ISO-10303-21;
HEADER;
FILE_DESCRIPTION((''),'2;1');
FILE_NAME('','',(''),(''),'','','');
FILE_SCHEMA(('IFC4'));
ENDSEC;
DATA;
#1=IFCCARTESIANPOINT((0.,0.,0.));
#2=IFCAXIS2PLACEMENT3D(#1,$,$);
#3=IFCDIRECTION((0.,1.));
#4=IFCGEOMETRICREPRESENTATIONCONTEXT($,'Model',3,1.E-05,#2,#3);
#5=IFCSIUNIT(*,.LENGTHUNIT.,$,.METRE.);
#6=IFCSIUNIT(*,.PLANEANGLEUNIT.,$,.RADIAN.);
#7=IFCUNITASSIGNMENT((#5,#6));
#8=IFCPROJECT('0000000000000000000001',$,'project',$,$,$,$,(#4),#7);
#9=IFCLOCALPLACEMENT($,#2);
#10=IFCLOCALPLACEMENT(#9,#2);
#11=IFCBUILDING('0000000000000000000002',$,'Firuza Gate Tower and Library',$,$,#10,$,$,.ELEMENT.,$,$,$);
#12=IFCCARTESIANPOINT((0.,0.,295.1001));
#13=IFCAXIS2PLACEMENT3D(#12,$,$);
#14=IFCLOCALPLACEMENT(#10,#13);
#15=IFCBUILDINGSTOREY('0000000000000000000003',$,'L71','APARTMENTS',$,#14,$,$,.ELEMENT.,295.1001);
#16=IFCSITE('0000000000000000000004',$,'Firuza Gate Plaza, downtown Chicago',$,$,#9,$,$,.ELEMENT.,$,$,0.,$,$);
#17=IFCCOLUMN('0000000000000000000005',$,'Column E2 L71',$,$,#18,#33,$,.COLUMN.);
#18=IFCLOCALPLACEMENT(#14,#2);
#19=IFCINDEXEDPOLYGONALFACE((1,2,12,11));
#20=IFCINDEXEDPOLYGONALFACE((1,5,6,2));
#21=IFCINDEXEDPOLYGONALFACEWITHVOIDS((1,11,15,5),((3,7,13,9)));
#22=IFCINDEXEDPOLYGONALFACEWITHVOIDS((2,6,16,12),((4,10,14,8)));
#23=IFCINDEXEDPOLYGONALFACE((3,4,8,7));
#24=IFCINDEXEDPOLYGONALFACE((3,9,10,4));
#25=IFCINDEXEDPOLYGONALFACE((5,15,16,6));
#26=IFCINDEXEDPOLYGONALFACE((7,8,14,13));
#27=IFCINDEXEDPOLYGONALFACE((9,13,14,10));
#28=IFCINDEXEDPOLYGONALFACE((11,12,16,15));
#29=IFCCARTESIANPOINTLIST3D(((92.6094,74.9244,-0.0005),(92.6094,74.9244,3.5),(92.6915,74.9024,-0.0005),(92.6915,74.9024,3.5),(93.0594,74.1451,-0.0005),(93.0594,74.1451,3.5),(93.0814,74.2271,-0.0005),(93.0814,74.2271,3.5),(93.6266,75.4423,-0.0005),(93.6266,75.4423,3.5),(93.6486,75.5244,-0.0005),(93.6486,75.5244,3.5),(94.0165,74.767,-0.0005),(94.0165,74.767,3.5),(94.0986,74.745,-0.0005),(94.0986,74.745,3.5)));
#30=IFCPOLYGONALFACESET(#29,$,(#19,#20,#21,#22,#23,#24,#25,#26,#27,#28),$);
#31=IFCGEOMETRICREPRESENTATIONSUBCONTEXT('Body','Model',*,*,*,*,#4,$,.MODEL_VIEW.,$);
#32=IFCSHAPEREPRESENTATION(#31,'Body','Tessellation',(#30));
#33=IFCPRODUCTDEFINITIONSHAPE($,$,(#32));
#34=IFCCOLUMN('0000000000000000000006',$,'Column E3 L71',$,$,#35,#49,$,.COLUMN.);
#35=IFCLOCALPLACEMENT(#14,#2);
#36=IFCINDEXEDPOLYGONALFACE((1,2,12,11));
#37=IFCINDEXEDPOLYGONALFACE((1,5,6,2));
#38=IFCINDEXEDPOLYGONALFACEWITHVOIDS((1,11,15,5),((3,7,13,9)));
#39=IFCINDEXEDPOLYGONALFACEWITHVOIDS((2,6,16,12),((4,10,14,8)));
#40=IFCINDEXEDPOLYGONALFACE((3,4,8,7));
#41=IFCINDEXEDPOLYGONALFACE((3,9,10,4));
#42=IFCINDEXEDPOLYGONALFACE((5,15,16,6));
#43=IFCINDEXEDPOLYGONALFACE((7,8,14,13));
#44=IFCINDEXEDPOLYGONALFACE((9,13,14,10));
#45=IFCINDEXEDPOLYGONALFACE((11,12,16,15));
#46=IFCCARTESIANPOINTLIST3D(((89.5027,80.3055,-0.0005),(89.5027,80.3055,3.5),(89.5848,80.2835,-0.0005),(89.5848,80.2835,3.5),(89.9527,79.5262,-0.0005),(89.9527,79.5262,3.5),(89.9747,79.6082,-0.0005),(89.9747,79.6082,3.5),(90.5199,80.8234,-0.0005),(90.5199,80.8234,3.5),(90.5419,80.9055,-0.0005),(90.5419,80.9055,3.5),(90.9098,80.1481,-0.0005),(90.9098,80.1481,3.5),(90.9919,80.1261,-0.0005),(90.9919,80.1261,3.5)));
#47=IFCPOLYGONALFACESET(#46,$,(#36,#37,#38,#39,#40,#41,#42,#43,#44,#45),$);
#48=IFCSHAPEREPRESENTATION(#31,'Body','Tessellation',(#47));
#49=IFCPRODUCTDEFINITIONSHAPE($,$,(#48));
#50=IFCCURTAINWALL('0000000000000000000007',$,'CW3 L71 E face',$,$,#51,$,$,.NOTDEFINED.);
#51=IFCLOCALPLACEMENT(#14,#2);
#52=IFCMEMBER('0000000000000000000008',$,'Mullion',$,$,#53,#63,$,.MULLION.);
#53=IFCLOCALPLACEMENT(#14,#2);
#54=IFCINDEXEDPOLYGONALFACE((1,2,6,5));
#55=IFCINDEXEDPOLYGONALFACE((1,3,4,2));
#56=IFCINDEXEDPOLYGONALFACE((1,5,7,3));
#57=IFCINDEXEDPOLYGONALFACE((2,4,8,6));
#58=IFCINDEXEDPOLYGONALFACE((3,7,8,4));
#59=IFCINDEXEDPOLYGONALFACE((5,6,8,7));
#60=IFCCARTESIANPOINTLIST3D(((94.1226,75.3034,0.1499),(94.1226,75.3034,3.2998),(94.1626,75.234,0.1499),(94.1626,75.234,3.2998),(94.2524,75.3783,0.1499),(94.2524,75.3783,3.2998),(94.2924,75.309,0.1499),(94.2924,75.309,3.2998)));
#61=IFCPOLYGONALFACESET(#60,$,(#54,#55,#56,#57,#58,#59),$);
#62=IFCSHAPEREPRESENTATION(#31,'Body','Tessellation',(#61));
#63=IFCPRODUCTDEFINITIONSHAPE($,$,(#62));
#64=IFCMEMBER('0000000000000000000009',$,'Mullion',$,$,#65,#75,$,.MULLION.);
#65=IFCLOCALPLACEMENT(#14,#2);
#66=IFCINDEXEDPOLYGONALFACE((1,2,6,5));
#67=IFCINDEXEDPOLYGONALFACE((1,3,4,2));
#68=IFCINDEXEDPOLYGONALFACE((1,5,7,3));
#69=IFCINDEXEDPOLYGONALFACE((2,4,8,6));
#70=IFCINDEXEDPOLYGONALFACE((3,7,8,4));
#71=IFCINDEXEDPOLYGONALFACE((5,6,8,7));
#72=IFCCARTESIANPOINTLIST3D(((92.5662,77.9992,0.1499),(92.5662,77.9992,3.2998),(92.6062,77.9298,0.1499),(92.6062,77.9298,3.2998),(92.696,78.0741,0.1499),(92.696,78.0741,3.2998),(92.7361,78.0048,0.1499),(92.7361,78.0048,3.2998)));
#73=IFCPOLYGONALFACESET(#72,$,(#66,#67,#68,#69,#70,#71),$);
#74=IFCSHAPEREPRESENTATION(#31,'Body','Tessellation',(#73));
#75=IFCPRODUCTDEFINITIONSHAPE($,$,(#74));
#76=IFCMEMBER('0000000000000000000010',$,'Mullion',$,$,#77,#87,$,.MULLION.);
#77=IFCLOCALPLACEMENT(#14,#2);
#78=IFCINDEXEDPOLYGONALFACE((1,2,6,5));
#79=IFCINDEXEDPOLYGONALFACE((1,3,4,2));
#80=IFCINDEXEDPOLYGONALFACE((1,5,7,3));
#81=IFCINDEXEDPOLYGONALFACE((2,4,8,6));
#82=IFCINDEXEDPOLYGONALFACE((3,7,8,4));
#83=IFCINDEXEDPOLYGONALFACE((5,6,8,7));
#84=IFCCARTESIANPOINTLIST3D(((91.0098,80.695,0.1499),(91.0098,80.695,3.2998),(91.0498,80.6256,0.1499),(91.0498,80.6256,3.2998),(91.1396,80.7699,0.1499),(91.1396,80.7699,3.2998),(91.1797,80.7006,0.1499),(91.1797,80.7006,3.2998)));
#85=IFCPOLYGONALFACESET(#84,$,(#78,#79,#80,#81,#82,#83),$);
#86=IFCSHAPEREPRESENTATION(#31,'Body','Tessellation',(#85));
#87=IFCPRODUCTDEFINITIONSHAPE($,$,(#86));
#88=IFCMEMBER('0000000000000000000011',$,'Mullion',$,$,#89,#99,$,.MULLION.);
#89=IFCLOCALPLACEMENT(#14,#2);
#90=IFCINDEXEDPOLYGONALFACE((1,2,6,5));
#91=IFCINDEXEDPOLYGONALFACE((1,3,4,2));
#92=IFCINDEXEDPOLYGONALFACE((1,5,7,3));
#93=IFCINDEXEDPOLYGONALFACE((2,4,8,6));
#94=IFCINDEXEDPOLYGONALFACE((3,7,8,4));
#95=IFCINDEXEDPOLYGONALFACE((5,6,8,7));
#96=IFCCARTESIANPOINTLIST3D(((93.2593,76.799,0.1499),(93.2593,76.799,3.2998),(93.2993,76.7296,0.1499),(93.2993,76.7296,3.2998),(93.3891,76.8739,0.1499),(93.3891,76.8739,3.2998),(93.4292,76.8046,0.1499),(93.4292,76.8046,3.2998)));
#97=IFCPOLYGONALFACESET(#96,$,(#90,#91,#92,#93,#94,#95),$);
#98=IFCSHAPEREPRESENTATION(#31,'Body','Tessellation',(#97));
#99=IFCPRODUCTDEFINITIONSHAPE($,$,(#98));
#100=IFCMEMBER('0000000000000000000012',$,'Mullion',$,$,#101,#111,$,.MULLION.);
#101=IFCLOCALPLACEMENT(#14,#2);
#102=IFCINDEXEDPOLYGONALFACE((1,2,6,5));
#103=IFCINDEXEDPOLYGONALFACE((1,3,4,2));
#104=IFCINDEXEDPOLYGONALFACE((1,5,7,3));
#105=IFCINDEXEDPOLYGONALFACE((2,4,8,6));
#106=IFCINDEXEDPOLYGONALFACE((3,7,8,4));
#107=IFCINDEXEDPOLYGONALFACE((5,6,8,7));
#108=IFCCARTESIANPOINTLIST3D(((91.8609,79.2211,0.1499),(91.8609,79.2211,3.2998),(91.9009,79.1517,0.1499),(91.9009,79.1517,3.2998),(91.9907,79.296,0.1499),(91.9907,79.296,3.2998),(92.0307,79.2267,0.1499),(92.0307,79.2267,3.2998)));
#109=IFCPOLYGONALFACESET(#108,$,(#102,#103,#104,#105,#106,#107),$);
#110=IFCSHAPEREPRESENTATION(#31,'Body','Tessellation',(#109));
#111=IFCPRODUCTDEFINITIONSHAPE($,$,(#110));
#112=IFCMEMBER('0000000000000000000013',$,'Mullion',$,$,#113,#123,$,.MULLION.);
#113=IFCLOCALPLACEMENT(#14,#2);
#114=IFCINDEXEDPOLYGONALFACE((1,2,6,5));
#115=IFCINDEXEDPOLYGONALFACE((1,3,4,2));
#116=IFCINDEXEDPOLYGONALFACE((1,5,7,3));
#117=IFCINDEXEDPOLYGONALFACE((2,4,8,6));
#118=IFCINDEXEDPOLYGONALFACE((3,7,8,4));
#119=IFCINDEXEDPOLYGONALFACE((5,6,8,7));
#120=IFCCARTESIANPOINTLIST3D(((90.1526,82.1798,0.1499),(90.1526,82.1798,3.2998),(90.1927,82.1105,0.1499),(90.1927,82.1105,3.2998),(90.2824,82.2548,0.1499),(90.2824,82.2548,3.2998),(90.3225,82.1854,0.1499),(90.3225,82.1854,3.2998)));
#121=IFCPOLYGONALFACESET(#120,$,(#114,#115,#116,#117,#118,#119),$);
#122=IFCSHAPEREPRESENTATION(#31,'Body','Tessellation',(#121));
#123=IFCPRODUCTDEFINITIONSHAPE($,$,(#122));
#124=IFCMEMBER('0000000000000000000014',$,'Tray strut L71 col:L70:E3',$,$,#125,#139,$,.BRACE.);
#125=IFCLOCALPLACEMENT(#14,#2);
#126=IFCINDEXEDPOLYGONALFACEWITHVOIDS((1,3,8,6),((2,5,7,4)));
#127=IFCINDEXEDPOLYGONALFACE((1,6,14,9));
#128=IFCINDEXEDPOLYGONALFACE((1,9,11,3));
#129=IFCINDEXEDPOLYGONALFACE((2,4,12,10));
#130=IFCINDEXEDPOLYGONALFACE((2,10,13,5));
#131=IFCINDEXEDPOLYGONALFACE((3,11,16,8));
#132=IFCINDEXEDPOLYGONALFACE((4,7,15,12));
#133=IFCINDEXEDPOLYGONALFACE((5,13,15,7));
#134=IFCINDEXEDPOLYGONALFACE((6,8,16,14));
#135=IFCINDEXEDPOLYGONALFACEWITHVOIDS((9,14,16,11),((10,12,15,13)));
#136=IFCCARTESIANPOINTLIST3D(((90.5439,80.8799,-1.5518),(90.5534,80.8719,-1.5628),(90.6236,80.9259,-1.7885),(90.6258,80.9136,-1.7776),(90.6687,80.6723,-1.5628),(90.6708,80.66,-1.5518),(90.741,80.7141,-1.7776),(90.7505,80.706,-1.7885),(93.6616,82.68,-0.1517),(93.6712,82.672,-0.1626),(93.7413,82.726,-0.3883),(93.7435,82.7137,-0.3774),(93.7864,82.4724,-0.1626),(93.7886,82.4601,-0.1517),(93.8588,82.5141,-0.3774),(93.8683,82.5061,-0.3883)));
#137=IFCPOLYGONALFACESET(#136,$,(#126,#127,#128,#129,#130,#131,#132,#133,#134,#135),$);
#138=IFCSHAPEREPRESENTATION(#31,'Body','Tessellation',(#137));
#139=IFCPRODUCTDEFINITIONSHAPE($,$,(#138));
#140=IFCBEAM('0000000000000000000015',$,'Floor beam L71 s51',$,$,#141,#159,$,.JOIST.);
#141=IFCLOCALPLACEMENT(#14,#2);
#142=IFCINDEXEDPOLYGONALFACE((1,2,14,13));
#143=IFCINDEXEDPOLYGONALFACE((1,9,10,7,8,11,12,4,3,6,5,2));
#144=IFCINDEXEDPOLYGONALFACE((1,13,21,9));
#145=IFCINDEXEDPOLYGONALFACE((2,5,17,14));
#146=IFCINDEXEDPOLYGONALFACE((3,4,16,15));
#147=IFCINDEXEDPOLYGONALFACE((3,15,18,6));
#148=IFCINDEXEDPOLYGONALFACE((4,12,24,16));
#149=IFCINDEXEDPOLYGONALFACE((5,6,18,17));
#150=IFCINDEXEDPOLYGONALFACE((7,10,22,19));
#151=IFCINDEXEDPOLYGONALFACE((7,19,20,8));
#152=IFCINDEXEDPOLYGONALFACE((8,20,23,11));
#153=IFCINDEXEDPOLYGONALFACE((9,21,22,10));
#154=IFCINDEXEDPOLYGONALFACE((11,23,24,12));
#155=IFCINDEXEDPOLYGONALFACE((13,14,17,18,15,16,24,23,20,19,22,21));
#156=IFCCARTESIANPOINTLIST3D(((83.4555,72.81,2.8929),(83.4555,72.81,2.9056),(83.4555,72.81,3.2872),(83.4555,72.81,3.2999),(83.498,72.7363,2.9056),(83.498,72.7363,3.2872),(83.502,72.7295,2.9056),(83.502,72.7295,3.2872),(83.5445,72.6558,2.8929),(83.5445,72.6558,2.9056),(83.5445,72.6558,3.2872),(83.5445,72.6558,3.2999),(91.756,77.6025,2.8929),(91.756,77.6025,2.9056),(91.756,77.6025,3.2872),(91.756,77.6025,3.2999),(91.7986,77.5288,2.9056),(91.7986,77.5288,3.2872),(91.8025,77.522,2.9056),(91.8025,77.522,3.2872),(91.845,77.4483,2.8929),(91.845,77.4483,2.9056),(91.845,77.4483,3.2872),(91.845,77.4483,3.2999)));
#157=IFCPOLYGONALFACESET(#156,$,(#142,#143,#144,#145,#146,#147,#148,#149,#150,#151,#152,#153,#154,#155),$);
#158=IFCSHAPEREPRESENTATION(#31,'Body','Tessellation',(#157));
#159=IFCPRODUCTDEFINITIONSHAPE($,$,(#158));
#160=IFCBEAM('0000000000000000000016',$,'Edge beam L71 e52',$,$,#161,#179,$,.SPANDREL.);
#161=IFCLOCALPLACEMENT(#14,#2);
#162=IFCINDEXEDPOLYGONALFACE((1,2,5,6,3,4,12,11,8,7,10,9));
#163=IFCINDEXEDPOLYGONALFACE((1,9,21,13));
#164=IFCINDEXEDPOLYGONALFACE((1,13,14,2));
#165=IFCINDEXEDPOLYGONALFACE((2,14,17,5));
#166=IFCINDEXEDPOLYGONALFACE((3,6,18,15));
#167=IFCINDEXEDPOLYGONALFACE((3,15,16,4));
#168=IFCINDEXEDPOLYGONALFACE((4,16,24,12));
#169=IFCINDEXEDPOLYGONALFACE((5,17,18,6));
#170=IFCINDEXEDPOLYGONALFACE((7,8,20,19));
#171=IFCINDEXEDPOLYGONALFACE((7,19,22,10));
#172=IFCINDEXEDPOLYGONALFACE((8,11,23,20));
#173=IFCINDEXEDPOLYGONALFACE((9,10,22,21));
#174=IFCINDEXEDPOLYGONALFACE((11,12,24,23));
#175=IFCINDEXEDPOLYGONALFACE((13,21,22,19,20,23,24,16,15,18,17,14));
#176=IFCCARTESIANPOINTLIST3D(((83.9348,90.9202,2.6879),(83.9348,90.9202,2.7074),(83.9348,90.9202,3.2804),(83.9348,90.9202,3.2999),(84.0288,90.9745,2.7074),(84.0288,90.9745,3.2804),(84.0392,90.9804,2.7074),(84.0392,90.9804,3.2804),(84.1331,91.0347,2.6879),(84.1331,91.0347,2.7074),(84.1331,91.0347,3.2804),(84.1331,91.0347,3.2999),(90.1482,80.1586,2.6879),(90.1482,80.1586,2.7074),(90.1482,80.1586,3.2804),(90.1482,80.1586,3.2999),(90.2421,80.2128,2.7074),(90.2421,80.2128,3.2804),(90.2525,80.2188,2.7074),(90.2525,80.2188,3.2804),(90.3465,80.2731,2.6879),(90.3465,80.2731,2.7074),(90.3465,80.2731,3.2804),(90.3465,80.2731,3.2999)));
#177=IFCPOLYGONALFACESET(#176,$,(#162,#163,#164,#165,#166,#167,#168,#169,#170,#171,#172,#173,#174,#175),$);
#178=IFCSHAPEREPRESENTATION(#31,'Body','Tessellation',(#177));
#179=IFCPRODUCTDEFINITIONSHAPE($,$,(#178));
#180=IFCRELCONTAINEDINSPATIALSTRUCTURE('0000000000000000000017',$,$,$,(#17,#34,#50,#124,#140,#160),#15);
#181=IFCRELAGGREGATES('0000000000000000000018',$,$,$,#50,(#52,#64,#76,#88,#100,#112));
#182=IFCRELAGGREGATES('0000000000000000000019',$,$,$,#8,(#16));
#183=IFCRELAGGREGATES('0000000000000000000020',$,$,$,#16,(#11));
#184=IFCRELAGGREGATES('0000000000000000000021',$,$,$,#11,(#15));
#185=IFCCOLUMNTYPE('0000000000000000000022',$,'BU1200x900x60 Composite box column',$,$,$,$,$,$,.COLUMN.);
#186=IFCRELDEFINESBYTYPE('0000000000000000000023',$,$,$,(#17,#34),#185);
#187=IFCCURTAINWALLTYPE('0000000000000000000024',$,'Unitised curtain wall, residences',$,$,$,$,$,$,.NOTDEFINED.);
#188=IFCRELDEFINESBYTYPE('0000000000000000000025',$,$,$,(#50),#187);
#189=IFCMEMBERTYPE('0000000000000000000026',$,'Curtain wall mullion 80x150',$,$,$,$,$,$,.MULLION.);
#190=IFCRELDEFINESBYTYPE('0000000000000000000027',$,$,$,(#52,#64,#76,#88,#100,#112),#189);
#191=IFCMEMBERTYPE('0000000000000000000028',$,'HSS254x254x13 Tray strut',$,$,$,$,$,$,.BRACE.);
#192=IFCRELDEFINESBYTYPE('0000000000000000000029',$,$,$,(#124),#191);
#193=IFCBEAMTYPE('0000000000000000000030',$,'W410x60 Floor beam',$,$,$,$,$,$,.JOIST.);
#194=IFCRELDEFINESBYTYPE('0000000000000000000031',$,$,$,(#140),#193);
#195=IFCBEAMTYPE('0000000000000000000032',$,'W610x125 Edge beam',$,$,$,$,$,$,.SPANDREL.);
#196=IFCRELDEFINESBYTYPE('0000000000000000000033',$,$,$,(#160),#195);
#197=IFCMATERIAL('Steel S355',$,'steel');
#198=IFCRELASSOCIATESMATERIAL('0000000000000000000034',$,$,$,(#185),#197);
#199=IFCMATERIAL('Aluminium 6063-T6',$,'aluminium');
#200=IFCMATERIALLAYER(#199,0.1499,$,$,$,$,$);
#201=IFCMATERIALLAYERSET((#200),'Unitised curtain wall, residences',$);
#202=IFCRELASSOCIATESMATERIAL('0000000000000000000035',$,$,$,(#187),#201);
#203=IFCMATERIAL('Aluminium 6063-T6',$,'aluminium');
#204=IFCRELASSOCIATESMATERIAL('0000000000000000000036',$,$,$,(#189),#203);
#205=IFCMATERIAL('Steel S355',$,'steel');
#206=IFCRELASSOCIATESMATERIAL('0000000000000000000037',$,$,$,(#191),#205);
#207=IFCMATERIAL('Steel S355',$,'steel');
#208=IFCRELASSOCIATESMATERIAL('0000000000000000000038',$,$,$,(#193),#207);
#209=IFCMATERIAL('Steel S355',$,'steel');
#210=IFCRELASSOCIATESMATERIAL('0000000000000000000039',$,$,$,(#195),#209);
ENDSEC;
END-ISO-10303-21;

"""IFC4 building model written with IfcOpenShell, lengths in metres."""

from ifc_helpers import new_model, si_unit, direction, frame, origin, origin_2d, place, context, subcontext, project, spatial, rectangle, hollow_rectangle, i_section, extrude, material, layer, layer_set, material_profile, profile_set, type_object, element, aggregate, save


model = new_model("IFC4")

# Units and contexts
model_context = context("Model", 3, precision=1e-05, world=origin(), true_north=direction((0.0, 1.0)))
body_context = subcontext(model_context, "Body", "Model", "MODEL_VIEW")
ifc_project = project(units=[si_unit("LENGTHUNIT", "METRE"), si_unit("PLANEANGLEUNIT", "RADIAN")], contexts=[model_context])

# Site, building, storey
site_placement = place(None, origin())
site = spatial("IfcSite", under=ifc_project, at=site_placement, Name="Firuza Gate Plaza, downtown Chicago", CompositionType="ELEMENT", RefElevation=0.0)
building_placement = place(site_placement, origin())
building = spatial("IfcBuilding", under=site, at=building_placement, Name="Firuza Gate Tower and Library", CompositionType="ELEMENT")
storey_placement = place(building_placement, frame((0.0, 0.0, 295.1001)))
storey = spatial("IfcBuildingStorey", under=building, at=storey_placement, Name="L71", Description="APARTMENTS", CompositionType="ELEMENT", Elevation=295.1001)

# Columns
ifc_material_1 = material(Name="Steel S355", Category="steel")
ifc_material_profile_1 = material_profile(ifc_material_1, hollow_rectangle(XDim=0.8999, YDim=1.2, WallThickness=0.0601, at=origin_2d()))
ifc_profile_set_1 = profile_set([ifc_material_profile_1], Name="Steel S355")
column_type = type_object("IfcColumnType", Name="BU1200x900x60 Composite box column", PredefinedType="COLUMN", material=ifc_profile_set_1)
for number, where, z_axis, x_axis, name in (
    (1, (93.354, 74.8347, -0.0005), (0.0, 0.0, 1.0), (-0.5, 0.866025, 0.0), "Column E2 L71"),
    (2, (90.2473, 80.2158, -0.0005), (0.0, 0.0, 1.0), (-0.5, 0.866025, 0.0), "Column E3 L71"),
):
    element("IfcColumn", number, at=place(storey_placement, frame(where, z_axis=z_axis, x_axis=x_axis)), inside=storey, type_object=column_type, Name=name, PredefinedType="COLUMN", context=body_context, shape_type="SweptSolid", body=[
        extrude(hollow_rectangle(XDim=0.8999, YDim=1.2, WallThickness=0.0601, at=origin_2d()), origin(), (0.0, 0.0, 1.0), 3.5005),
    ])

# Curtain wall, members
ifc_material_2 = material(Name="Aluminium 6063-T6", Category="aluminium")
ifc_layer_1 = layer(ifc_material_2, 0.1499)
ifc_layer_set_1 = layer_set([ifc_layer_1], Name="Unitised curtain wall, residences")
curtain_wall_type = type_object("IfcCurtainWallType", Name="Unitised curtain wall, residences", PredefinedType="NOTDEFINED", material=ifc_layer_set_1)
placement = place(storey_placement, origin())
curtain_wall = element("IfcCurtainWall", 3, at=placement, inside=storey, type_object=curtain_wall_type, Name="CW3 L71 E face", PredefinedType="NOTDEFINED")
ifc_material_3 = material(Name="Aluminium 6063-T6", Category="aluminium")
ifc_material_profile_2 = material_profile(ifc_material_3, rectangle(XDim=0.1499, YDim=0.0801, at=origin_2d()))
ifc_profile_set_2 = profile_set([ifc_material_profile_2], Name="Aluminium 6063-T6")
member_type_1 = type_object("IfcMemberType", Name="Curtain wall mullion 80x150", PredefinedType="MULLION", material=ifc_profile_set_2)
member_1_placement = place(storey_placement, frame((94.2075, 75.3062, 0.1499), z_axis=(0.0, 0.0, 1.0), x_axis=(-0.866025, -0.5, 0.0)))
member_1 = element("IfcMember", 4, at=member_1_placement, type_object=member_type_1, Name="Mullion", PredefinedType="MULLION", context=body_context, shape_type="SweptSolid", body=[
    extrude(rectangle(XDim=0.1499, YDim=0.0801, at=origin_2d()), origin(), (0.0, 0.0, 1.0), 3.1499),
])
member_2_placement = place(storey_placement, frame((92.6511, 78.002, 0.1499), z_axis=(0.0, 0.0, 1.0), x_axis=(-0.866025, -0.5, 0.0)))
member_2 = element("IfcMember", 5, at=member_2_placement, type_object=member_type_1, Name="Mullion", PredefinedType="MULLION", context=body_context, shape_type="SweptSolid", body=[
    extrude(rectangle(XDim=0.1499, YDim=0.0801, at=origin_2d()), origin(), (0.0, 0.0, 1.0), 3.1499),
])
member_3_placement = place(storey_placement, frame((91.0947, 80.6978, 0.1499), z_axis=(0.0, 0.0, 1.0), x_axis=(-0.866025, -0.5, 0.0)))
member_3 = element("IfcMember", 6, at=member_3_placement, type_object=member_type_1, Name="Mullion", PredefinedType="MULLION", context=body_context, shape_type="SweptSolid", body=[
    extrude(rectangle(XDim=0.1499, YDim=0.0801, at=origin_2d()), origin(), (0.0, 0.0, 1.0), 3.1499),
])
member_4_placement = place(storey_placement, frame((93.3442, 76.8018, 0.1499), z_axis=(0.0, 0.0, 1.0), x_axis=(-0.866025, -0.5, 0.0)))
member_4 = element("IfcMember", 7, at=member_4_placement, type_object=member_type_1, Name="Mullion", PredefinedType="MULLION", context=body_context, shape_type="SweptSolid", body=[
    extrude(rectangle(XDim=0.1499, YDim=0.0801, at=origin_2d()), origin(), (0.0, 0.0, 1.0), 3.1499),
])
member_5_placement = place(storey_placement, frame((91.9458, 79.2239, 0.1499), z_axis=(0.0, 0.0, 1.0), x_axis=(-0.866025, -0.5, 0.0)))
member_5 = element("IfcMember", 8, at=member_5_placement, type_object=member_type_1, Name="Mullion", PredefinedType="MULLION", context=body_context, shape_type="SweptSolid", body=[
    extrude(rectangle(XDim=0.1499, YDim=0.0801, at=origin_2d()), origin(), (0.0, 0.0, 1.0), 3.1499),
])
member_6_placement = place(storey_placement, frame((90.2375, 82.1826, 0.1499), z_axis=(0.0, 0.0, 1.0), x_axis=(-0.866025, -0.5, 0.0)))
member_6 = element("IfcMember", 9, at=member_6_placement, type_object=member_type_1, Name="Mullion", PredefinedType="MULLION", context=body_context, shape_type="SweptSolid", body=[
    extrude(rectangle(XDim=0.1499, YDim=0.0801, at=origin_2d()), origin(), (0.0, 0.0, 1.0), 3.1499),
])

# Member
ifc_material_4 = material(Name="Steel S355", Category="steel")
ifc_material_profile_3 = material_profile(ifc_material_4, hollow_rectangle(XDim=0.2539, YDim=0.2539, WallThickness=0.0117, at=origin_2d()))
ifc_profile_set_3 = profile_set([ifc_material_profile_3], Name="Steel S355")
member_type_2 = type_object("IfcMemberType", Name="HSS254x254x13 Tray strut", PredefinedType="BRACE", material=ifc_profile_set_3)
member_7_placement = place(storey_placement, frame((90.6472, 80.793, -1.6702), z_axis=(0.807122, 0.466007, 0.362478), x_axis=(-0.500012, 0.866018, 0.0)))
element("IfcMember", 10, at=member_7_placement, inside=storey, type_object=member_type_2, Name="Tray strut L71 col:L70:E3", PredefinedType="BRACE", context=body_context, shape_type="SweptSolid", body=[
    extrude(hollow_rectangle(XDim=0.2539, YDim=0.2539, WallThickness=0.0117, at=origin_2d()), origin(), (0.0, 0.0, 1.0), 3.8628),
])

# Beams
ifc_material_5 = material(Name="Steel S355", Category="steel")
ifc_material_profile_4 = material_profile(ifc_material_5, i_section(OverallWidth=0.178, OverallDepth=0.407, WebThickness=0.0078, FlangeThickness=0.0127, at=origin_2d()))
ifc_profile_set_4 = profile_set([ifc_material_profile_4], Name="Steel S355")
beam_type_1 = type_object("IfcBeamType", Name="W410x60 Floor beam", PredefinedType="JOIST", material=ifc_profile_set_4)
beam_1_placement = place(storey_placement, frame((91.8005, 77.5254, 3.0964), z_axis=(-0.866018, -0.500013, 0.0), x_axis=(0.500013, -0.866018, 0.0)))
element("IfcBeam", 11, at=beam_1_placement, inside=storey, type_object=beam_type_1, Name="Floor beam L71 s51", PredefinedType="JOIST", context=body_context, shape_type="SweptSolid", body=[
    extrude(i_section(OverallWidth=0.178, OverallDepth=0.407, WebThickness=0.0078, FlangeThickness=0.0127, at=origin_2d()), origin(), (0.0, 0.0, 1.0), 9.5847),
])
ifc_material_6 = material(Name="Steel S355", Category="steel")
ifc_material_profile_5 = material_profile(ifc_material_6, i_section(OverallWidth=0.229, OverallDepth=0.6121, WebThickness=0.012, FlangeThickness=0.0195, at=origin_2d()))
ifc_profile_set_5 = profile_set([ifc_material_profile_5], Name="Steel S355")
beam_type_2 = type_object("IfcBeamType", Name="W610x125 Edge beam", PredefinedType="SPANDREL", material=ifc_profile_set_5)
beam_2_placement = place(storey_placement, frame((90.2473, 80.2158, 2.9939), z_axis=(-0.500006, 0.866022, 0.0), x_axis=(-0.866022, -0.500006, 0.0)))
element("IfcBeam", 12, at=beam_2_placement, inside=storey, type_object=beam_type_2, Name="Edge beam L71 e52", PredefinedType="SPANDREL", context=body_context, shape_type="SweptSolid", body=[
    extrude(i_section(OverallWidth=0.229, OverallDepth=0.6121, WebThickness=0.012, FlangeThickness=0.0195, at=origin_2d()), origin(), (0.0, 0.0, 1.0), 12.4265),
])

aggregate(curtain_wall, [member_1, member_2, member_3, member_4, member_5, member_6])

save(model, "model.ifc")
